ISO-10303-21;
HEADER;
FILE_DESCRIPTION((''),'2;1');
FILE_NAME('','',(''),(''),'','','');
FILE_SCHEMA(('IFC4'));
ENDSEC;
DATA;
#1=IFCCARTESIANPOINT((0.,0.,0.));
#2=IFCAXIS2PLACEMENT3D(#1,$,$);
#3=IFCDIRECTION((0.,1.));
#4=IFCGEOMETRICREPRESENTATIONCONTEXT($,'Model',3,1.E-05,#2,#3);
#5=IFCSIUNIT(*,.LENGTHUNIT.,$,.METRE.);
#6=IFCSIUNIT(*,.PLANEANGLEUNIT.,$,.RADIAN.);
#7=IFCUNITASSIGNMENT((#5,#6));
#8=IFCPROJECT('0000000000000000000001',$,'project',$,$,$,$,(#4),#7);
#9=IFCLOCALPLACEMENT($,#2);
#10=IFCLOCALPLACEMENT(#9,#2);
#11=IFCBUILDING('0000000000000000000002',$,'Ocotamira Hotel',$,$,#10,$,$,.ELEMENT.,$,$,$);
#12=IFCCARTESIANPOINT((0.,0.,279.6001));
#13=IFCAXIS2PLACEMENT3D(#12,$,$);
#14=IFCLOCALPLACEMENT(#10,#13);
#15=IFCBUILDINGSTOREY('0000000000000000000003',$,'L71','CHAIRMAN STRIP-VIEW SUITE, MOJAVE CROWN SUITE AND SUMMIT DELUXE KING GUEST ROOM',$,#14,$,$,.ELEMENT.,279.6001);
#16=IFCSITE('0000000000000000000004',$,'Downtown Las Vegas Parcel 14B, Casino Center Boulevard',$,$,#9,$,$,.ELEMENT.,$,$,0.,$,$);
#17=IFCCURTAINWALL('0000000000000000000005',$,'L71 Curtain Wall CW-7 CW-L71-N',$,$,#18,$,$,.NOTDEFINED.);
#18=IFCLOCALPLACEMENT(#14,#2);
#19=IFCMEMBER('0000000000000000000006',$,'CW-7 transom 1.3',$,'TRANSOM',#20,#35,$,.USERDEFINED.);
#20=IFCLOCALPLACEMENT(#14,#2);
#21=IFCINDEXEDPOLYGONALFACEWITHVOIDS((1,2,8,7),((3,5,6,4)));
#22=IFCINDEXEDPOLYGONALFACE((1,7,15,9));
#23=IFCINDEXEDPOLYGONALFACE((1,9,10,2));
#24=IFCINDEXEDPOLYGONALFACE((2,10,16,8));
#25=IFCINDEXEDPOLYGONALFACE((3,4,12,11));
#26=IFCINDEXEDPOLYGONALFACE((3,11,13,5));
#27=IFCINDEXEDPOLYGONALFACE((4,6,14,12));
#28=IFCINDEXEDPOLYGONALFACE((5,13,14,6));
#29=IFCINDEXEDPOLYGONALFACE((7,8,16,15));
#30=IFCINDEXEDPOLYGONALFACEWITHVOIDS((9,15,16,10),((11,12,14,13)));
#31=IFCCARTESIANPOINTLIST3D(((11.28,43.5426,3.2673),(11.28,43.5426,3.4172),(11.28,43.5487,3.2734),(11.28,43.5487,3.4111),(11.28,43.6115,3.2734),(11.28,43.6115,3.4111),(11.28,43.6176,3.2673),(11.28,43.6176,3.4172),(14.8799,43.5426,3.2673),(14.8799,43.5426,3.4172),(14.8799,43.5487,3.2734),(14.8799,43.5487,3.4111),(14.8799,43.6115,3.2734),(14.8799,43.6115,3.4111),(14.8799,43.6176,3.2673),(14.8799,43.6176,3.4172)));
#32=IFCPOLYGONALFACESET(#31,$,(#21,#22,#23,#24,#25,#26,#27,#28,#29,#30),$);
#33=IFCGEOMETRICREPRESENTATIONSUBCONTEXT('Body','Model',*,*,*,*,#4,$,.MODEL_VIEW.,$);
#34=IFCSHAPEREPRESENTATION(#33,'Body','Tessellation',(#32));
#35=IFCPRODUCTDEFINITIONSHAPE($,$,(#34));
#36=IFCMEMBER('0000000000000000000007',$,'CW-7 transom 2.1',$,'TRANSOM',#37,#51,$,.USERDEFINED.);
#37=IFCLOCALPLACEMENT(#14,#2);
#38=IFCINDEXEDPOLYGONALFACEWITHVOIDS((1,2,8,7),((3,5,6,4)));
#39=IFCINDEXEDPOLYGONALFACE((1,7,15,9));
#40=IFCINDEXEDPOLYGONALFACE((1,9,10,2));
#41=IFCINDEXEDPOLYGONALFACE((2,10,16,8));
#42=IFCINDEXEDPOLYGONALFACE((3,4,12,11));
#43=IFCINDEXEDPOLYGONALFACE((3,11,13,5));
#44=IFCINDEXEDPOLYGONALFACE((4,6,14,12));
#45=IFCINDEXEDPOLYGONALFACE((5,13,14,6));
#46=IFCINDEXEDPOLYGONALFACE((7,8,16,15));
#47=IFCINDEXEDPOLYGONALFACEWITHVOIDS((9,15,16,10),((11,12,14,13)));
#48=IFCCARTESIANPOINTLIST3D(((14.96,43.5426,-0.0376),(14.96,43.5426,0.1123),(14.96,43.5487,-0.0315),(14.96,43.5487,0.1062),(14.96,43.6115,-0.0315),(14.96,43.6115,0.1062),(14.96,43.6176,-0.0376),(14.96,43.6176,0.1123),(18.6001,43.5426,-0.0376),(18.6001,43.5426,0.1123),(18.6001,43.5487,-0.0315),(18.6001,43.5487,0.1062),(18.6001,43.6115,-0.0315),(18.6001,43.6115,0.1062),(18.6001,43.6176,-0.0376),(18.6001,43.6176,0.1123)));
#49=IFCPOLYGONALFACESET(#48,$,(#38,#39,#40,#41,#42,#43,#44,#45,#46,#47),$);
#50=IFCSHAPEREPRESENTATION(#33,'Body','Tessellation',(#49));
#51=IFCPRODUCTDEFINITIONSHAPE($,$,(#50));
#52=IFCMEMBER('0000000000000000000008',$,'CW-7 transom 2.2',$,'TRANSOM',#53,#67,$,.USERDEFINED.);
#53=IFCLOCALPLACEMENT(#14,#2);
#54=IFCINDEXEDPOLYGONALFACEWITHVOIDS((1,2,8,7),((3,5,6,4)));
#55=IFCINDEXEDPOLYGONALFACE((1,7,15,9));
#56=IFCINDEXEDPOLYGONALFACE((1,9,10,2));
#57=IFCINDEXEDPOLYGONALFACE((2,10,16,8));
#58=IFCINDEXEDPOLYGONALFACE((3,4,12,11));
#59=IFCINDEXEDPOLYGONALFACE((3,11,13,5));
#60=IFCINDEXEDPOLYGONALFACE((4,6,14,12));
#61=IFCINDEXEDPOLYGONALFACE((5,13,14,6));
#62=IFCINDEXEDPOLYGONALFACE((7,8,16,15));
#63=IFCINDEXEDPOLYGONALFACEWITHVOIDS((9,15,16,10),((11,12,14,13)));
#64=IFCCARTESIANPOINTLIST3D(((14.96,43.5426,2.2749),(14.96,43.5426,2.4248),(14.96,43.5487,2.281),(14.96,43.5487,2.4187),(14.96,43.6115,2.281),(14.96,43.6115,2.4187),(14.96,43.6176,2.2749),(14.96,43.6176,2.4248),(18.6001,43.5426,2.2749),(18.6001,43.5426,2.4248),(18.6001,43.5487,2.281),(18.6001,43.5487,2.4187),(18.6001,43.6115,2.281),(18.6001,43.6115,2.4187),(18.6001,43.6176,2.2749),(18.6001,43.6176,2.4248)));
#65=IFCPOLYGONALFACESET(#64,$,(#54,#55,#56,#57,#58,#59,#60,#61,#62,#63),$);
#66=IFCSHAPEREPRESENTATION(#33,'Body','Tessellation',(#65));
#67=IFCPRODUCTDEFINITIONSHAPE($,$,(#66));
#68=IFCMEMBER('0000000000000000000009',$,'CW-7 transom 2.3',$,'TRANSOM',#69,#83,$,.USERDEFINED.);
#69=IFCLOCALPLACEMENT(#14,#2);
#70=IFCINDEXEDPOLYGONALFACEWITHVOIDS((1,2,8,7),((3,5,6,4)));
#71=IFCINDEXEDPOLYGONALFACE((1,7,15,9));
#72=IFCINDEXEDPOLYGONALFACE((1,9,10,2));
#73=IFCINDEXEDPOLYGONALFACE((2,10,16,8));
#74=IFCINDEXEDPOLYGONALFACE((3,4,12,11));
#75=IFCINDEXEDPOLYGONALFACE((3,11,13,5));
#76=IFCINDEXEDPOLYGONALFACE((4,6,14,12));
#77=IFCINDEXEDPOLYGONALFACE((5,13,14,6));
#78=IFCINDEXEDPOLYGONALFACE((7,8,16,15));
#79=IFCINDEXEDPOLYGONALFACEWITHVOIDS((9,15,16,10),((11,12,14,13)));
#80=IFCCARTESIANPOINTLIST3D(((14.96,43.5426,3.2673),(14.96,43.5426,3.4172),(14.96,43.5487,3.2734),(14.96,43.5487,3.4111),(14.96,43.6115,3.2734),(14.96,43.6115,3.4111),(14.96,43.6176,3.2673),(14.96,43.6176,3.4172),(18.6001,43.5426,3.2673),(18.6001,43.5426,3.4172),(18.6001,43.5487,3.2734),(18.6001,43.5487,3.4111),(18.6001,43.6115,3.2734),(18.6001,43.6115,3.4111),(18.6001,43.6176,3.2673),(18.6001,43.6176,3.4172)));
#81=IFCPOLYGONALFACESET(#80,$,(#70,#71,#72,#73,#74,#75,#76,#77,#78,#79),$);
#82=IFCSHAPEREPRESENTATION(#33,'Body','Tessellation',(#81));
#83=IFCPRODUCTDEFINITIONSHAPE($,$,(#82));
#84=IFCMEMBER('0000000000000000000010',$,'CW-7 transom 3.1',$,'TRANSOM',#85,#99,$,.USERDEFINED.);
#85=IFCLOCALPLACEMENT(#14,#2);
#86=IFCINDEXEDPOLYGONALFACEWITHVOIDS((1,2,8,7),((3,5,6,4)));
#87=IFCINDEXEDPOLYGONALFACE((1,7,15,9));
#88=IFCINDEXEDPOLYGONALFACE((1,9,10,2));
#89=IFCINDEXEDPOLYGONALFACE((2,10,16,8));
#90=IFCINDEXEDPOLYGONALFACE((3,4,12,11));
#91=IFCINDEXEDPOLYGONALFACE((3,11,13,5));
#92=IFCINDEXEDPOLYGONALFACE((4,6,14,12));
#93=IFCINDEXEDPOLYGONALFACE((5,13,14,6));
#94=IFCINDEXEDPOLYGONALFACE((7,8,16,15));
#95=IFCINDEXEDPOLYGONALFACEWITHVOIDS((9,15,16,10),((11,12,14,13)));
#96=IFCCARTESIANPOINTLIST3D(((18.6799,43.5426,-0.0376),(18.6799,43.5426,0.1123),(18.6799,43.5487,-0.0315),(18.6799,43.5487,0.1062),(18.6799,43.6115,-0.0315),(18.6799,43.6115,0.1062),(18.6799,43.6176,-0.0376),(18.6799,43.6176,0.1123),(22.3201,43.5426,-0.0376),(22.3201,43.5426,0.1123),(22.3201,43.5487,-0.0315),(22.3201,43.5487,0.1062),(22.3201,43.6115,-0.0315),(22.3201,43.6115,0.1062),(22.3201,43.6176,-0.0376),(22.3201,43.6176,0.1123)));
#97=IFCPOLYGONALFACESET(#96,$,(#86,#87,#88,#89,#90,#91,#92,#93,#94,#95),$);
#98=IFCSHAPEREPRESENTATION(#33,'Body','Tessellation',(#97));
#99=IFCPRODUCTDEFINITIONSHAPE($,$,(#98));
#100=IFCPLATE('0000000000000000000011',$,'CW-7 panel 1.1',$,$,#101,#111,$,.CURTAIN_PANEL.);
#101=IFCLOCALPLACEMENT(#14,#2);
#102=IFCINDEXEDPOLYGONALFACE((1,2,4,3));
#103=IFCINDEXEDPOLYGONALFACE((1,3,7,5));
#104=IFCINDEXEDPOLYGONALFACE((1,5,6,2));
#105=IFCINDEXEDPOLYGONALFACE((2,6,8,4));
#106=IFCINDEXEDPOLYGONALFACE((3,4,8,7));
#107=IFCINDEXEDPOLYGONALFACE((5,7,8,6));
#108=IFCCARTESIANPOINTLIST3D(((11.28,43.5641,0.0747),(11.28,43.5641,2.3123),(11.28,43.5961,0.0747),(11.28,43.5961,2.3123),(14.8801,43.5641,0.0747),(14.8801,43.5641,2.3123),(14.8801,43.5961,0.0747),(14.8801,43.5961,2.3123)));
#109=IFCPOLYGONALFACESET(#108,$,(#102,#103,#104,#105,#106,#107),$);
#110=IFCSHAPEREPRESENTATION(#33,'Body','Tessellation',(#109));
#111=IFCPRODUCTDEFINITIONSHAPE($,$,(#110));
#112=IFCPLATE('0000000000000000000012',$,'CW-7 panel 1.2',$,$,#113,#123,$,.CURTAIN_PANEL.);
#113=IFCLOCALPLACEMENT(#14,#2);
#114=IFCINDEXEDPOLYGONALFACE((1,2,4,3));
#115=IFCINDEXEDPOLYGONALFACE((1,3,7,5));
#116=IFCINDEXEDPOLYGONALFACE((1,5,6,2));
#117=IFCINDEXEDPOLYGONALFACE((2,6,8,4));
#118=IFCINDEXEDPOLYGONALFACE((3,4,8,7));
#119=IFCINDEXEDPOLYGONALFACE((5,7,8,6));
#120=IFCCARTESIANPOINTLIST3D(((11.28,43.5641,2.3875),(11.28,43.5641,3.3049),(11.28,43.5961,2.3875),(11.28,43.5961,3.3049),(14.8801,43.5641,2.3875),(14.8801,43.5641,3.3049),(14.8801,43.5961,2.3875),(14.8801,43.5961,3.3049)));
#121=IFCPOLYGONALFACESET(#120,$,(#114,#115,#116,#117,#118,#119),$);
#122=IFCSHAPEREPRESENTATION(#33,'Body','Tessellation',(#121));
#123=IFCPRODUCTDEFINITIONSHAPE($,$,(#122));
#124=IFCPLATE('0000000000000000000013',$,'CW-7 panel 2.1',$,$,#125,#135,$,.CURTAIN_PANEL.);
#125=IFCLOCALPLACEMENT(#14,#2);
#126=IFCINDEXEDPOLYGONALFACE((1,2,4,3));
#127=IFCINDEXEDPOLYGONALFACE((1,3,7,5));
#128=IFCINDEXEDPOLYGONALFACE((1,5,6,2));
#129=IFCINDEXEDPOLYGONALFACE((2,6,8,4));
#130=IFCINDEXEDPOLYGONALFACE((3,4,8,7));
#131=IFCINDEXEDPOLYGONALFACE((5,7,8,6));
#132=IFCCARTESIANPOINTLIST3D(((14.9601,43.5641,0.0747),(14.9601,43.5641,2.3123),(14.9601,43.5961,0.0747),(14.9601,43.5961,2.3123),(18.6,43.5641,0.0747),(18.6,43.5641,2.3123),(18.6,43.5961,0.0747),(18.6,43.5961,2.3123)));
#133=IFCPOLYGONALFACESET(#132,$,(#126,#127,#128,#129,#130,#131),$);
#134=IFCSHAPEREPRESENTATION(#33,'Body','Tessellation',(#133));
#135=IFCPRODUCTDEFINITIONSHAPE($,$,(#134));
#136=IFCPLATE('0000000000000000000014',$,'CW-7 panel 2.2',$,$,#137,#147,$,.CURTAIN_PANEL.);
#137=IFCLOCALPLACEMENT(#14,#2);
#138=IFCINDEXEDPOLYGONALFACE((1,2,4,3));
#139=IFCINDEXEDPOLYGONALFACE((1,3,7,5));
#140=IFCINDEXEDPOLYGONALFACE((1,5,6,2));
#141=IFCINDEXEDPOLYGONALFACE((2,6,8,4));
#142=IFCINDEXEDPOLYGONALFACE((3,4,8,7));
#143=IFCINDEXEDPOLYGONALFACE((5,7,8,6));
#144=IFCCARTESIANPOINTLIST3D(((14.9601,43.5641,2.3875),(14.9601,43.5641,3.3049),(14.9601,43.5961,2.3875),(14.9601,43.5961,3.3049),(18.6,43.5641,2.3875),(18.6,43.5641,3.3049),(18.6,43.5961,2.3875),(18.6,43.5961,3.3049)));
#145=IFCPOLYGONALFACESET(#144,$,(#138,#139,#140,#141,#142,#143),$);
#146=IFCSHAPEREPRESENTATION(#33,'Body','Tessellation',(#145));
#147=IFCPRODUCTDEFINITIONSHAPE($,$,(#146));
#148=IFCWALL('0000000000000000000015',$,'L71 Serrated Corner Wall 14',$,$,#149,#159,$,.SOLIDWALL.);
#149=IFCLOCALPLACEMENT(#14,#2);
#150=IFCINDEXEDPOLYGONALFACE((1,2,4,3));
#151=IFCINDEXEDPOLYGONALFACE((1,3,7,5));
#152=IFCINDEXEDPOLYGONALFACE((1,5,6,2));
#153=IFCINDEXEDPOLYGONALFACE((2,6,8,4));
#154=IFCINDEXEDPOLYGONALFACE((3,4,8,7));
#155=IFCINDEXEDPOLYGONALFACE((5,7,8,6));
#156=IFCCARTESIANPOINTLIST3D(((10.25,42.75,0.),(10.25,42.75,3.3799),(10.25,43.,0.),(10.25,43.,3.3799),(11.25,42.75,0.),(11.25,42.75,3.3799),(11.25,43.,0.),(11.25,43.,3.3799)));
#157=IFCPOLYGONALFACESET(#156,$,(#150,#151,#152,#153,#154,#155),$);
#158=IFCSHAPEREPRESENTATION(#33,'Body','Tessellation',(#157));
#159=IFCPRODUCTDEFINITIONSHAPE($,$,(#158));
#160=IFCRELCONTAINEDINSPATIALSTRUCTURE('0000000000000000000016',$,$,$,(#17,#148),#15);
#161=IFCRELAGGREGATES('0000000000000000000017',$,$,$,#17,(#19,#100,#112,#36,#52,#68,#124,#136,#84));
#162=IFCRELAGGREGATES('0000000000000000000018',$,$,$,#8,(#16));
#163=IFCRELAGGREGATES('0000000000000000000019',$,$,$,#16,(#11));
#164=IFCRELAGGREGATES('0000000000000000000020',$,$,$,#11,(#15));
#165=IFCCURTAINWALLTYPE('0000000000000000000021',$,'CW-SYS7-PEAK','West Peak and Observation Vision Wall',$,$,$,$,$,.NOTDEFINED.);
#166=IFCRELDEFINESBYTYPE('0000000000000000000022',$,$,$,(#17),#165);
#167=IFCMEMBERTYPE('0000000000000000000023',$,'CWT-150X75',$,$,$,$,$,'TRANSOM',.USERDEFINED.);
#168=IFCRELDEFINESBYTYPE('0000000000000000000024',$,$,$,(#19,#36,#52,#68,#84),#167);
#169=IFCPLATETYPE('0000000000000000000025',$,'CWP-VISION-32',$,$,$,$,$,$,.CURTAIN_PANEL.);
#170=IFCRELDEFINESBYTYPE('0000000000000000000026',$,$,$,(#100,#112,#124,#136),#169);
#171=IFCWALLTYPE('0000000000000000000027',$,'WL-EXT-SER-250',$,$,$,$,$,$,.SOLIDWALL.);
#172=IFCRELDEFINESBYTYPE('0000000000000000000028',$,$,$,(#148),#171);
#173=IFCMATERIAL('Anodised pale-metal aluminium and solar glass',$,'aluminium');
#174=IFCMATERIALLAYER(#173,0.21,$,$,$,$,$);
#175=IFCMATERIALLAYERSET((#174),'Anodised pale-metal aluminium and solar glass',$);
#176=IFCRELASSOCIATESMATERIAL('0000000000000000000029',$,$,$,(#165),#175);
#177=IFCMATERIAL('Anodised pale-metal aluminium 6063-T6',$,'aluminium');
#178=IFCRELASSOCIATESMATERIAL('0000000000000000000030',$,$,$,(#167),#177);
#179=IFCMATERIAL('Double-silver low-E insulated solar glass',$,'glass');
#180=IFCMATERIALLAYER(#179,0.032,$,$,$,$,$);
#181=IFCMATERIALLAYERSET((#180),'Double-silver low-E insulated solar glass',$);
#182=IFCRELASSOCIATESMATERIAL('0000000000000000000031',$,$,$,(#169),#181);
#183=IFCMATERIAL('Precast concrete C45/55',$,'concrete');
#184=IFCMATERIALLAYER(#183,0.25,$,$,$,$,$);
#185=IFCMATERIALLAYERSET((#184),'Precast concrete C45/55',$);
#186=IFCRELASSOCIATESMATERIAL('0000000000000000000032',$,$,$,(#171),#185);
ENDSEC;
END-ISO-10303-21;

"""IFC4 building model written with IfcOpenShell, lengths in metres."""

from ifc_helpers import new_model, si_unit, direction, frame, frame_2d, origin, origin_2d, place, context, subcontext, project, spatial, rectangle, hollow_rectangle, extrude, source, transform, mapped, material, layer, layer_set, material_profile, profile_set, type_object, element, aggregate, save


model = new_model("IFC4")

# Units and contexts
model_context = context("Model", 3, precision=1e-05, world=origin(), true_north=direction((0.0, 1.0)))
body_context = subcontext(model_context, "Body", "Model", "MODEL_VIEW")
ifc_project = project(units=[si_unit("LENGTHUNIT", "METRE"), si_unit("PLANEANGLEUNIT", "RADIAN")], contexts=[model_context])

# Site, building, storey
site_placement = place(None, origin())
site = spatial("IfcSite", under=ifc_project, at=site_placement, Name="Downtown Las Vegas Parcel 14B, Casino Center Boulevard", CompositionType="ELEMENT", RefElevation=0.0)
building_placement = place(site_placement, origin())
building = spatial("IfcBuilding", under=site, at=building_placement, Name="Ocotamira Hotel", CompositionType="ELEMENT")
storey_placement = place(building_placement, frame((0.0, 0.0, 279.6001)))
storey = spatial("IfcBuildingStorey", under=building, at=storey_placement, Name="L71", Description="CHAIRMAN STRIP-VIEW SUITE, MOJAVE CROWN SUITE AND SUMMIT DELUXE KING GUEST ROOM", CompositionType="ELEMENT", Elevation=279.6001)

# Curtain wall, members, plates
ifc_material_1 = material(Name="Anodised pale-metal aluminium and solar glass", Category="aluminium")
ifc_layer_1 = layer(ifc_material_1, 0.21)
ifc_layer_set_1 = layer_set([ifc_layer_1], Name="Anodised pale-metal aluminium and solar glass")
curtain_wall_type = type_object("IfcCurtainWallType", Name="CW-SYS7-PEAK", Description="West Peak and Observation Vision Wall", PredefinedType="NOTDEFINED", material=ifc_layer_set_1)
curtain_wall_placement = place(storey_placement, origin())
curtain_wall = element("IfcCurtainWall", 1, at=curtain_wall_placement, inside=storey, type_object=curtain_wall_type, Name="L71 Curtain Wall CW-7 CW-L71-N", PredefinedType="NOTDEFINED")
ifc_material_2 = material(Name="Anodised pale-metal aluminium 6063-T6", Category="aluminium")
ifc_material_profile_1 = material_profile(ifc_material_2, hollow_rectangle(XDim=0.075, YDim=0.1499, WallThickness=0.0061, at=origin_2d()), Name="HSS150X75X6")
ifc_profile_set_1 = profile_set([ifc_material_profile_1], Name="Anodised pale-metal aluminium 6063-T6")
member_type_1 = type_object("IfcMemberType", Name="CWT-150X75", ElementType="TRANSOM", PredefinedType="USERDEFINED", material=ifc_profile_set_1)
shared_shape_1 = source(origin(), body_context, "Body", "SweptSolid", [
    extrude(hollow_rectangle(XDim=0.075, YDim=0.1499, WallThickness=0.0061, at=origin_2d()), origin(), (0.0, 0.0, 1.0), 3.5999),
])
member_1_placement = place(storey_placement, frame((11.28, 43.5801, 3.3423), z_axis=(1.0, 0.0, 0.0), x_axis=(0.0, 1.0, 0.0)))
member_1 = element("IfcMember", 2, at=member_1_placement, type_object=member_type_1, Name="CW-7 transom 1.3", ObjectType="TRANSOM", PredefinedType="USERDEFINED", context=body_context, shape_type="MappedRepresentation", body=[
    mapped(shared_shape_1, transform((0.0, 0.0, 0.0), scale=1.0)),
])
shared_shape_2 = source(origin(), body_context, "Body", "SweptSolid", [
    extrude(hollow_rectangle(XDim=0.075, YDim=0.1499, WallThickness=0.0061, at=origin_2d()), origin(), (0.0, 0.0, 1.0), 3.6401),
])
member_2_placement = place(storey_placement, frame((14.96, 43.5801, 0.0374), z_axis=(1.0, 0.0, 0.0), x_axis=(0.0, 1.0, 0.0)))
member_2 = element("IfcMember", 3, at=member_2_placement, type_object=member_type_1, Name="CW-7 transom 2.1", ObjectType="TRANSOM", PredefinedType="USERDEFINED", context=body_context, shape_type="MappedRepresentation", body=[
    mapped(shared_shape_2, transform((0.0, 0.0, 0.0), scale=1.0)),
])
member_3_placement = place(storey_placement, frame((14.96, 43.5801, 2.3499), z_axis=(1.0, 0.0, 0.0), x_axis=(0.0, 1.0, 0.0)))
member_3 = element("IfcMember", 4, at=member_3_placement, type_object=member_type_1, Name="CW-7 transom 2.2", ObjectType="TRANSOM", PredefinedType="USERDEFINED", context=body_context, shape_type="MappedRepresentation", body=[
    mapped(shared_shape_2, transform((0.0, 0.0, 0.0), scale=1.0)),
])
member_4_placement = place(storey_placement, frame((14.96, 43.5801, 3.3423), z_axis=(1.0, 0.0, 0.0), x_axis=(0.0, 1.0, 0.0)))
member_4 = element("IfcMember", 5, at=member_4_placement, type_object=member_type_1, Name="CW-7 transom 2.3", ObjectType="TRANSOM", PredefinedType="USERDEFINED", context=body_context, shape_type="MappedRepresentation", body=[
    mapped(shared_shape_2, transform((0.0, 0.0, 0.0), scale=1.0)),
])
member_5_placement = place(storey_placement, frame((18.6799, 43.5801, 0.0374), z_axis=(1.0, 0.0, 0.0), x_axis=(0.0, 1.0, 0.0)))
member_5 = element("IfcMember", 6, at=member_5_placement, type_object=member_type_1, Name="CW-7 transom 3.1", ObjectType="TRANSOM", PredefinedType="USERDEFINED", context=body_context, shape_type="MappedRepresentation", body=[
    mapped(shared_shape_2, transform((0.0, 0.0, 0.0), scale=1.0)),
])
ifc_material_3 = material(Name="Double-silver low-E insulated solar glass", Category="glass")
ifc_layer_2 = layer(ifc_material_3, 0.032)
ifc_layer_set_2 = layer_set([ifc_layer_2], Name="Double-silver low-E insulated solar glass")
plate_type = type_object("IfcPlateType", Name="CWP-VISION-32", PredefinedType="CURTAIN_PANEL", material=ifc_layer_set_2)
shared_shape_3 = source(origin(), body_context, "Body", "SweptSolid", [
    extrude(rectangle(XDim=3.6001, YDim=0.032, at=origin_2d()), origin(), (0.0, 0.0, 1.0), 2.2375),
])
plate_1_placement = place(storey_placement, frame((13.0801, 43.5801, 0.0747), z_axis=(0.0, 0.0, 1.0), x_axis=(1.0, 0.0, 0.0)))
plate_1 = element("IfcPlate", 7, at=plate_1_placement, type_object=plate_type, Name="CW-7 panel 1.1", PredefinedType="CURTAIN_PANEL", context=body_context, shape_type="MappedRepresentation", body=[
    mapped(shared_shape_3, transform((0.0, 0.0, 0.0), scale=1.0)),
])
shared_shape_4 = source(origin(), body_context, "Body", "SweptSolid", [
    extrude(rectangle(XDim=3.6001, YDim=0.032, at=origin_2d()), origin(), (0.0, 0.0, 1.0), 0.9175),
])
plate_2_placement = place(storey_placement, frame((13.0801, 43.5801, 2.3875), z_axis=(0.0, 0.0, 1.0), x_axis=(1.0, 0.0, 0.0)))
plate_2 = element("IfcPlate", 8, at=plate_2_placement, type_object=plate_type, Name="CW-7 panel 1.2", PredefinedType="CURTAIN_PANEL", context=body_context, shape_type="MappedRepresentation", body=[
    mapped(shared_shape_4, transform((0.0, 0.0, 0.0), scale=1.0)),
])
shared_shape_5 = source(origin(), body_context, "Body", "SweptSolid", [
    extrude(rectangle(XDim=3.6399, YDim=0.032, at=origin_2d()), origin(), (0.0, 0.0, 1.0), 2.2375),
])
plate_3_placement = place(storey_placement, frame((16.78, 43.5801, 0.0747), z_axis=(0.0, 0.0, 1.0), x_axis=(1.0, 0.0, 0.0)))
plate_3 = element("IfcPlate", 9, at=plate_3_placement, type_object=plate_type, Name="CW-7 panel 2.1", PredefinedType="CURTAIN_PANEL", context=body_context, shape_type="MappedRepresentation", body=[
    mapped(shared_shape_5, transform((0.0, 0.0, 0.0), scale=1.0)),
])
shared_shape_6 = source(origin(), body_context, "Body", "SweptSolid", [
    extrude(rectangle(XDim=3.6399, YDim=0.032, at=origin_2d()), origin(), (0.0, 0.0, 1.0), 0.9175),
])
plate_4_placement = place(storey_placement, frame((16.78, 43.5801, 2.3875), z_axis=(0.0, 0.0, 1.0), x_axis=(1.0, 0.0, 0.0)))
plate_4 = element("IfcPlate", 10, at=plate_4_placement, type_object=plate_type, Name="CW-7 panel 2.2", PredefinedType="CURTAIN_PANEL", context=body_context, shape_type="MappedRepresentation", body=[
    mapped(shared_shape_6, transform((0.0, 0.0, 0.0), scale=1.0)),
])
aggregate(curtain_wall, [member_1, plate_1, plate_2, member_2, member_3, member_4, plate_3, plate_4, member_5])

# Wall
ifc_material_4 = material(Name="Precast concrete C45/55", Category="concrete")
ifc_layer_3 = layer(ifc_material_4, 0.25)
ifc_layer_set_3 = layer_set([ifc_layer_3], Name="Precast concrete C45/55")
wall_type_1 = type_object("IfcWallType", Name="WL-EXT-SER-250", PredefinedType="SOLIDWALL", material=ifc_layer_set_3)
wall_1_placement = place(storey_placement, frame((11.25, 42.875, 0.0), z_axis=(0.0, 0.0, 1.0), x_axis=(-1.0, 0.0, 0.0)))
element("IfcWall", 11, at=wall_1_placement, inside=storey, type_object=wall_type_1, Name="L71 Serrated Corner Wall 14", PredefinedType="SOLIDWALL", context=body_context, shape_type="SweptSolid", body=[
    extrude(rectangle(XDim=1.0, YDim=0.25, at=frame_2d((0.5, 0.0))), origin(), (0.0, 0.0, 1.0), 3.3799),
])

save(model, "model.ifc")
